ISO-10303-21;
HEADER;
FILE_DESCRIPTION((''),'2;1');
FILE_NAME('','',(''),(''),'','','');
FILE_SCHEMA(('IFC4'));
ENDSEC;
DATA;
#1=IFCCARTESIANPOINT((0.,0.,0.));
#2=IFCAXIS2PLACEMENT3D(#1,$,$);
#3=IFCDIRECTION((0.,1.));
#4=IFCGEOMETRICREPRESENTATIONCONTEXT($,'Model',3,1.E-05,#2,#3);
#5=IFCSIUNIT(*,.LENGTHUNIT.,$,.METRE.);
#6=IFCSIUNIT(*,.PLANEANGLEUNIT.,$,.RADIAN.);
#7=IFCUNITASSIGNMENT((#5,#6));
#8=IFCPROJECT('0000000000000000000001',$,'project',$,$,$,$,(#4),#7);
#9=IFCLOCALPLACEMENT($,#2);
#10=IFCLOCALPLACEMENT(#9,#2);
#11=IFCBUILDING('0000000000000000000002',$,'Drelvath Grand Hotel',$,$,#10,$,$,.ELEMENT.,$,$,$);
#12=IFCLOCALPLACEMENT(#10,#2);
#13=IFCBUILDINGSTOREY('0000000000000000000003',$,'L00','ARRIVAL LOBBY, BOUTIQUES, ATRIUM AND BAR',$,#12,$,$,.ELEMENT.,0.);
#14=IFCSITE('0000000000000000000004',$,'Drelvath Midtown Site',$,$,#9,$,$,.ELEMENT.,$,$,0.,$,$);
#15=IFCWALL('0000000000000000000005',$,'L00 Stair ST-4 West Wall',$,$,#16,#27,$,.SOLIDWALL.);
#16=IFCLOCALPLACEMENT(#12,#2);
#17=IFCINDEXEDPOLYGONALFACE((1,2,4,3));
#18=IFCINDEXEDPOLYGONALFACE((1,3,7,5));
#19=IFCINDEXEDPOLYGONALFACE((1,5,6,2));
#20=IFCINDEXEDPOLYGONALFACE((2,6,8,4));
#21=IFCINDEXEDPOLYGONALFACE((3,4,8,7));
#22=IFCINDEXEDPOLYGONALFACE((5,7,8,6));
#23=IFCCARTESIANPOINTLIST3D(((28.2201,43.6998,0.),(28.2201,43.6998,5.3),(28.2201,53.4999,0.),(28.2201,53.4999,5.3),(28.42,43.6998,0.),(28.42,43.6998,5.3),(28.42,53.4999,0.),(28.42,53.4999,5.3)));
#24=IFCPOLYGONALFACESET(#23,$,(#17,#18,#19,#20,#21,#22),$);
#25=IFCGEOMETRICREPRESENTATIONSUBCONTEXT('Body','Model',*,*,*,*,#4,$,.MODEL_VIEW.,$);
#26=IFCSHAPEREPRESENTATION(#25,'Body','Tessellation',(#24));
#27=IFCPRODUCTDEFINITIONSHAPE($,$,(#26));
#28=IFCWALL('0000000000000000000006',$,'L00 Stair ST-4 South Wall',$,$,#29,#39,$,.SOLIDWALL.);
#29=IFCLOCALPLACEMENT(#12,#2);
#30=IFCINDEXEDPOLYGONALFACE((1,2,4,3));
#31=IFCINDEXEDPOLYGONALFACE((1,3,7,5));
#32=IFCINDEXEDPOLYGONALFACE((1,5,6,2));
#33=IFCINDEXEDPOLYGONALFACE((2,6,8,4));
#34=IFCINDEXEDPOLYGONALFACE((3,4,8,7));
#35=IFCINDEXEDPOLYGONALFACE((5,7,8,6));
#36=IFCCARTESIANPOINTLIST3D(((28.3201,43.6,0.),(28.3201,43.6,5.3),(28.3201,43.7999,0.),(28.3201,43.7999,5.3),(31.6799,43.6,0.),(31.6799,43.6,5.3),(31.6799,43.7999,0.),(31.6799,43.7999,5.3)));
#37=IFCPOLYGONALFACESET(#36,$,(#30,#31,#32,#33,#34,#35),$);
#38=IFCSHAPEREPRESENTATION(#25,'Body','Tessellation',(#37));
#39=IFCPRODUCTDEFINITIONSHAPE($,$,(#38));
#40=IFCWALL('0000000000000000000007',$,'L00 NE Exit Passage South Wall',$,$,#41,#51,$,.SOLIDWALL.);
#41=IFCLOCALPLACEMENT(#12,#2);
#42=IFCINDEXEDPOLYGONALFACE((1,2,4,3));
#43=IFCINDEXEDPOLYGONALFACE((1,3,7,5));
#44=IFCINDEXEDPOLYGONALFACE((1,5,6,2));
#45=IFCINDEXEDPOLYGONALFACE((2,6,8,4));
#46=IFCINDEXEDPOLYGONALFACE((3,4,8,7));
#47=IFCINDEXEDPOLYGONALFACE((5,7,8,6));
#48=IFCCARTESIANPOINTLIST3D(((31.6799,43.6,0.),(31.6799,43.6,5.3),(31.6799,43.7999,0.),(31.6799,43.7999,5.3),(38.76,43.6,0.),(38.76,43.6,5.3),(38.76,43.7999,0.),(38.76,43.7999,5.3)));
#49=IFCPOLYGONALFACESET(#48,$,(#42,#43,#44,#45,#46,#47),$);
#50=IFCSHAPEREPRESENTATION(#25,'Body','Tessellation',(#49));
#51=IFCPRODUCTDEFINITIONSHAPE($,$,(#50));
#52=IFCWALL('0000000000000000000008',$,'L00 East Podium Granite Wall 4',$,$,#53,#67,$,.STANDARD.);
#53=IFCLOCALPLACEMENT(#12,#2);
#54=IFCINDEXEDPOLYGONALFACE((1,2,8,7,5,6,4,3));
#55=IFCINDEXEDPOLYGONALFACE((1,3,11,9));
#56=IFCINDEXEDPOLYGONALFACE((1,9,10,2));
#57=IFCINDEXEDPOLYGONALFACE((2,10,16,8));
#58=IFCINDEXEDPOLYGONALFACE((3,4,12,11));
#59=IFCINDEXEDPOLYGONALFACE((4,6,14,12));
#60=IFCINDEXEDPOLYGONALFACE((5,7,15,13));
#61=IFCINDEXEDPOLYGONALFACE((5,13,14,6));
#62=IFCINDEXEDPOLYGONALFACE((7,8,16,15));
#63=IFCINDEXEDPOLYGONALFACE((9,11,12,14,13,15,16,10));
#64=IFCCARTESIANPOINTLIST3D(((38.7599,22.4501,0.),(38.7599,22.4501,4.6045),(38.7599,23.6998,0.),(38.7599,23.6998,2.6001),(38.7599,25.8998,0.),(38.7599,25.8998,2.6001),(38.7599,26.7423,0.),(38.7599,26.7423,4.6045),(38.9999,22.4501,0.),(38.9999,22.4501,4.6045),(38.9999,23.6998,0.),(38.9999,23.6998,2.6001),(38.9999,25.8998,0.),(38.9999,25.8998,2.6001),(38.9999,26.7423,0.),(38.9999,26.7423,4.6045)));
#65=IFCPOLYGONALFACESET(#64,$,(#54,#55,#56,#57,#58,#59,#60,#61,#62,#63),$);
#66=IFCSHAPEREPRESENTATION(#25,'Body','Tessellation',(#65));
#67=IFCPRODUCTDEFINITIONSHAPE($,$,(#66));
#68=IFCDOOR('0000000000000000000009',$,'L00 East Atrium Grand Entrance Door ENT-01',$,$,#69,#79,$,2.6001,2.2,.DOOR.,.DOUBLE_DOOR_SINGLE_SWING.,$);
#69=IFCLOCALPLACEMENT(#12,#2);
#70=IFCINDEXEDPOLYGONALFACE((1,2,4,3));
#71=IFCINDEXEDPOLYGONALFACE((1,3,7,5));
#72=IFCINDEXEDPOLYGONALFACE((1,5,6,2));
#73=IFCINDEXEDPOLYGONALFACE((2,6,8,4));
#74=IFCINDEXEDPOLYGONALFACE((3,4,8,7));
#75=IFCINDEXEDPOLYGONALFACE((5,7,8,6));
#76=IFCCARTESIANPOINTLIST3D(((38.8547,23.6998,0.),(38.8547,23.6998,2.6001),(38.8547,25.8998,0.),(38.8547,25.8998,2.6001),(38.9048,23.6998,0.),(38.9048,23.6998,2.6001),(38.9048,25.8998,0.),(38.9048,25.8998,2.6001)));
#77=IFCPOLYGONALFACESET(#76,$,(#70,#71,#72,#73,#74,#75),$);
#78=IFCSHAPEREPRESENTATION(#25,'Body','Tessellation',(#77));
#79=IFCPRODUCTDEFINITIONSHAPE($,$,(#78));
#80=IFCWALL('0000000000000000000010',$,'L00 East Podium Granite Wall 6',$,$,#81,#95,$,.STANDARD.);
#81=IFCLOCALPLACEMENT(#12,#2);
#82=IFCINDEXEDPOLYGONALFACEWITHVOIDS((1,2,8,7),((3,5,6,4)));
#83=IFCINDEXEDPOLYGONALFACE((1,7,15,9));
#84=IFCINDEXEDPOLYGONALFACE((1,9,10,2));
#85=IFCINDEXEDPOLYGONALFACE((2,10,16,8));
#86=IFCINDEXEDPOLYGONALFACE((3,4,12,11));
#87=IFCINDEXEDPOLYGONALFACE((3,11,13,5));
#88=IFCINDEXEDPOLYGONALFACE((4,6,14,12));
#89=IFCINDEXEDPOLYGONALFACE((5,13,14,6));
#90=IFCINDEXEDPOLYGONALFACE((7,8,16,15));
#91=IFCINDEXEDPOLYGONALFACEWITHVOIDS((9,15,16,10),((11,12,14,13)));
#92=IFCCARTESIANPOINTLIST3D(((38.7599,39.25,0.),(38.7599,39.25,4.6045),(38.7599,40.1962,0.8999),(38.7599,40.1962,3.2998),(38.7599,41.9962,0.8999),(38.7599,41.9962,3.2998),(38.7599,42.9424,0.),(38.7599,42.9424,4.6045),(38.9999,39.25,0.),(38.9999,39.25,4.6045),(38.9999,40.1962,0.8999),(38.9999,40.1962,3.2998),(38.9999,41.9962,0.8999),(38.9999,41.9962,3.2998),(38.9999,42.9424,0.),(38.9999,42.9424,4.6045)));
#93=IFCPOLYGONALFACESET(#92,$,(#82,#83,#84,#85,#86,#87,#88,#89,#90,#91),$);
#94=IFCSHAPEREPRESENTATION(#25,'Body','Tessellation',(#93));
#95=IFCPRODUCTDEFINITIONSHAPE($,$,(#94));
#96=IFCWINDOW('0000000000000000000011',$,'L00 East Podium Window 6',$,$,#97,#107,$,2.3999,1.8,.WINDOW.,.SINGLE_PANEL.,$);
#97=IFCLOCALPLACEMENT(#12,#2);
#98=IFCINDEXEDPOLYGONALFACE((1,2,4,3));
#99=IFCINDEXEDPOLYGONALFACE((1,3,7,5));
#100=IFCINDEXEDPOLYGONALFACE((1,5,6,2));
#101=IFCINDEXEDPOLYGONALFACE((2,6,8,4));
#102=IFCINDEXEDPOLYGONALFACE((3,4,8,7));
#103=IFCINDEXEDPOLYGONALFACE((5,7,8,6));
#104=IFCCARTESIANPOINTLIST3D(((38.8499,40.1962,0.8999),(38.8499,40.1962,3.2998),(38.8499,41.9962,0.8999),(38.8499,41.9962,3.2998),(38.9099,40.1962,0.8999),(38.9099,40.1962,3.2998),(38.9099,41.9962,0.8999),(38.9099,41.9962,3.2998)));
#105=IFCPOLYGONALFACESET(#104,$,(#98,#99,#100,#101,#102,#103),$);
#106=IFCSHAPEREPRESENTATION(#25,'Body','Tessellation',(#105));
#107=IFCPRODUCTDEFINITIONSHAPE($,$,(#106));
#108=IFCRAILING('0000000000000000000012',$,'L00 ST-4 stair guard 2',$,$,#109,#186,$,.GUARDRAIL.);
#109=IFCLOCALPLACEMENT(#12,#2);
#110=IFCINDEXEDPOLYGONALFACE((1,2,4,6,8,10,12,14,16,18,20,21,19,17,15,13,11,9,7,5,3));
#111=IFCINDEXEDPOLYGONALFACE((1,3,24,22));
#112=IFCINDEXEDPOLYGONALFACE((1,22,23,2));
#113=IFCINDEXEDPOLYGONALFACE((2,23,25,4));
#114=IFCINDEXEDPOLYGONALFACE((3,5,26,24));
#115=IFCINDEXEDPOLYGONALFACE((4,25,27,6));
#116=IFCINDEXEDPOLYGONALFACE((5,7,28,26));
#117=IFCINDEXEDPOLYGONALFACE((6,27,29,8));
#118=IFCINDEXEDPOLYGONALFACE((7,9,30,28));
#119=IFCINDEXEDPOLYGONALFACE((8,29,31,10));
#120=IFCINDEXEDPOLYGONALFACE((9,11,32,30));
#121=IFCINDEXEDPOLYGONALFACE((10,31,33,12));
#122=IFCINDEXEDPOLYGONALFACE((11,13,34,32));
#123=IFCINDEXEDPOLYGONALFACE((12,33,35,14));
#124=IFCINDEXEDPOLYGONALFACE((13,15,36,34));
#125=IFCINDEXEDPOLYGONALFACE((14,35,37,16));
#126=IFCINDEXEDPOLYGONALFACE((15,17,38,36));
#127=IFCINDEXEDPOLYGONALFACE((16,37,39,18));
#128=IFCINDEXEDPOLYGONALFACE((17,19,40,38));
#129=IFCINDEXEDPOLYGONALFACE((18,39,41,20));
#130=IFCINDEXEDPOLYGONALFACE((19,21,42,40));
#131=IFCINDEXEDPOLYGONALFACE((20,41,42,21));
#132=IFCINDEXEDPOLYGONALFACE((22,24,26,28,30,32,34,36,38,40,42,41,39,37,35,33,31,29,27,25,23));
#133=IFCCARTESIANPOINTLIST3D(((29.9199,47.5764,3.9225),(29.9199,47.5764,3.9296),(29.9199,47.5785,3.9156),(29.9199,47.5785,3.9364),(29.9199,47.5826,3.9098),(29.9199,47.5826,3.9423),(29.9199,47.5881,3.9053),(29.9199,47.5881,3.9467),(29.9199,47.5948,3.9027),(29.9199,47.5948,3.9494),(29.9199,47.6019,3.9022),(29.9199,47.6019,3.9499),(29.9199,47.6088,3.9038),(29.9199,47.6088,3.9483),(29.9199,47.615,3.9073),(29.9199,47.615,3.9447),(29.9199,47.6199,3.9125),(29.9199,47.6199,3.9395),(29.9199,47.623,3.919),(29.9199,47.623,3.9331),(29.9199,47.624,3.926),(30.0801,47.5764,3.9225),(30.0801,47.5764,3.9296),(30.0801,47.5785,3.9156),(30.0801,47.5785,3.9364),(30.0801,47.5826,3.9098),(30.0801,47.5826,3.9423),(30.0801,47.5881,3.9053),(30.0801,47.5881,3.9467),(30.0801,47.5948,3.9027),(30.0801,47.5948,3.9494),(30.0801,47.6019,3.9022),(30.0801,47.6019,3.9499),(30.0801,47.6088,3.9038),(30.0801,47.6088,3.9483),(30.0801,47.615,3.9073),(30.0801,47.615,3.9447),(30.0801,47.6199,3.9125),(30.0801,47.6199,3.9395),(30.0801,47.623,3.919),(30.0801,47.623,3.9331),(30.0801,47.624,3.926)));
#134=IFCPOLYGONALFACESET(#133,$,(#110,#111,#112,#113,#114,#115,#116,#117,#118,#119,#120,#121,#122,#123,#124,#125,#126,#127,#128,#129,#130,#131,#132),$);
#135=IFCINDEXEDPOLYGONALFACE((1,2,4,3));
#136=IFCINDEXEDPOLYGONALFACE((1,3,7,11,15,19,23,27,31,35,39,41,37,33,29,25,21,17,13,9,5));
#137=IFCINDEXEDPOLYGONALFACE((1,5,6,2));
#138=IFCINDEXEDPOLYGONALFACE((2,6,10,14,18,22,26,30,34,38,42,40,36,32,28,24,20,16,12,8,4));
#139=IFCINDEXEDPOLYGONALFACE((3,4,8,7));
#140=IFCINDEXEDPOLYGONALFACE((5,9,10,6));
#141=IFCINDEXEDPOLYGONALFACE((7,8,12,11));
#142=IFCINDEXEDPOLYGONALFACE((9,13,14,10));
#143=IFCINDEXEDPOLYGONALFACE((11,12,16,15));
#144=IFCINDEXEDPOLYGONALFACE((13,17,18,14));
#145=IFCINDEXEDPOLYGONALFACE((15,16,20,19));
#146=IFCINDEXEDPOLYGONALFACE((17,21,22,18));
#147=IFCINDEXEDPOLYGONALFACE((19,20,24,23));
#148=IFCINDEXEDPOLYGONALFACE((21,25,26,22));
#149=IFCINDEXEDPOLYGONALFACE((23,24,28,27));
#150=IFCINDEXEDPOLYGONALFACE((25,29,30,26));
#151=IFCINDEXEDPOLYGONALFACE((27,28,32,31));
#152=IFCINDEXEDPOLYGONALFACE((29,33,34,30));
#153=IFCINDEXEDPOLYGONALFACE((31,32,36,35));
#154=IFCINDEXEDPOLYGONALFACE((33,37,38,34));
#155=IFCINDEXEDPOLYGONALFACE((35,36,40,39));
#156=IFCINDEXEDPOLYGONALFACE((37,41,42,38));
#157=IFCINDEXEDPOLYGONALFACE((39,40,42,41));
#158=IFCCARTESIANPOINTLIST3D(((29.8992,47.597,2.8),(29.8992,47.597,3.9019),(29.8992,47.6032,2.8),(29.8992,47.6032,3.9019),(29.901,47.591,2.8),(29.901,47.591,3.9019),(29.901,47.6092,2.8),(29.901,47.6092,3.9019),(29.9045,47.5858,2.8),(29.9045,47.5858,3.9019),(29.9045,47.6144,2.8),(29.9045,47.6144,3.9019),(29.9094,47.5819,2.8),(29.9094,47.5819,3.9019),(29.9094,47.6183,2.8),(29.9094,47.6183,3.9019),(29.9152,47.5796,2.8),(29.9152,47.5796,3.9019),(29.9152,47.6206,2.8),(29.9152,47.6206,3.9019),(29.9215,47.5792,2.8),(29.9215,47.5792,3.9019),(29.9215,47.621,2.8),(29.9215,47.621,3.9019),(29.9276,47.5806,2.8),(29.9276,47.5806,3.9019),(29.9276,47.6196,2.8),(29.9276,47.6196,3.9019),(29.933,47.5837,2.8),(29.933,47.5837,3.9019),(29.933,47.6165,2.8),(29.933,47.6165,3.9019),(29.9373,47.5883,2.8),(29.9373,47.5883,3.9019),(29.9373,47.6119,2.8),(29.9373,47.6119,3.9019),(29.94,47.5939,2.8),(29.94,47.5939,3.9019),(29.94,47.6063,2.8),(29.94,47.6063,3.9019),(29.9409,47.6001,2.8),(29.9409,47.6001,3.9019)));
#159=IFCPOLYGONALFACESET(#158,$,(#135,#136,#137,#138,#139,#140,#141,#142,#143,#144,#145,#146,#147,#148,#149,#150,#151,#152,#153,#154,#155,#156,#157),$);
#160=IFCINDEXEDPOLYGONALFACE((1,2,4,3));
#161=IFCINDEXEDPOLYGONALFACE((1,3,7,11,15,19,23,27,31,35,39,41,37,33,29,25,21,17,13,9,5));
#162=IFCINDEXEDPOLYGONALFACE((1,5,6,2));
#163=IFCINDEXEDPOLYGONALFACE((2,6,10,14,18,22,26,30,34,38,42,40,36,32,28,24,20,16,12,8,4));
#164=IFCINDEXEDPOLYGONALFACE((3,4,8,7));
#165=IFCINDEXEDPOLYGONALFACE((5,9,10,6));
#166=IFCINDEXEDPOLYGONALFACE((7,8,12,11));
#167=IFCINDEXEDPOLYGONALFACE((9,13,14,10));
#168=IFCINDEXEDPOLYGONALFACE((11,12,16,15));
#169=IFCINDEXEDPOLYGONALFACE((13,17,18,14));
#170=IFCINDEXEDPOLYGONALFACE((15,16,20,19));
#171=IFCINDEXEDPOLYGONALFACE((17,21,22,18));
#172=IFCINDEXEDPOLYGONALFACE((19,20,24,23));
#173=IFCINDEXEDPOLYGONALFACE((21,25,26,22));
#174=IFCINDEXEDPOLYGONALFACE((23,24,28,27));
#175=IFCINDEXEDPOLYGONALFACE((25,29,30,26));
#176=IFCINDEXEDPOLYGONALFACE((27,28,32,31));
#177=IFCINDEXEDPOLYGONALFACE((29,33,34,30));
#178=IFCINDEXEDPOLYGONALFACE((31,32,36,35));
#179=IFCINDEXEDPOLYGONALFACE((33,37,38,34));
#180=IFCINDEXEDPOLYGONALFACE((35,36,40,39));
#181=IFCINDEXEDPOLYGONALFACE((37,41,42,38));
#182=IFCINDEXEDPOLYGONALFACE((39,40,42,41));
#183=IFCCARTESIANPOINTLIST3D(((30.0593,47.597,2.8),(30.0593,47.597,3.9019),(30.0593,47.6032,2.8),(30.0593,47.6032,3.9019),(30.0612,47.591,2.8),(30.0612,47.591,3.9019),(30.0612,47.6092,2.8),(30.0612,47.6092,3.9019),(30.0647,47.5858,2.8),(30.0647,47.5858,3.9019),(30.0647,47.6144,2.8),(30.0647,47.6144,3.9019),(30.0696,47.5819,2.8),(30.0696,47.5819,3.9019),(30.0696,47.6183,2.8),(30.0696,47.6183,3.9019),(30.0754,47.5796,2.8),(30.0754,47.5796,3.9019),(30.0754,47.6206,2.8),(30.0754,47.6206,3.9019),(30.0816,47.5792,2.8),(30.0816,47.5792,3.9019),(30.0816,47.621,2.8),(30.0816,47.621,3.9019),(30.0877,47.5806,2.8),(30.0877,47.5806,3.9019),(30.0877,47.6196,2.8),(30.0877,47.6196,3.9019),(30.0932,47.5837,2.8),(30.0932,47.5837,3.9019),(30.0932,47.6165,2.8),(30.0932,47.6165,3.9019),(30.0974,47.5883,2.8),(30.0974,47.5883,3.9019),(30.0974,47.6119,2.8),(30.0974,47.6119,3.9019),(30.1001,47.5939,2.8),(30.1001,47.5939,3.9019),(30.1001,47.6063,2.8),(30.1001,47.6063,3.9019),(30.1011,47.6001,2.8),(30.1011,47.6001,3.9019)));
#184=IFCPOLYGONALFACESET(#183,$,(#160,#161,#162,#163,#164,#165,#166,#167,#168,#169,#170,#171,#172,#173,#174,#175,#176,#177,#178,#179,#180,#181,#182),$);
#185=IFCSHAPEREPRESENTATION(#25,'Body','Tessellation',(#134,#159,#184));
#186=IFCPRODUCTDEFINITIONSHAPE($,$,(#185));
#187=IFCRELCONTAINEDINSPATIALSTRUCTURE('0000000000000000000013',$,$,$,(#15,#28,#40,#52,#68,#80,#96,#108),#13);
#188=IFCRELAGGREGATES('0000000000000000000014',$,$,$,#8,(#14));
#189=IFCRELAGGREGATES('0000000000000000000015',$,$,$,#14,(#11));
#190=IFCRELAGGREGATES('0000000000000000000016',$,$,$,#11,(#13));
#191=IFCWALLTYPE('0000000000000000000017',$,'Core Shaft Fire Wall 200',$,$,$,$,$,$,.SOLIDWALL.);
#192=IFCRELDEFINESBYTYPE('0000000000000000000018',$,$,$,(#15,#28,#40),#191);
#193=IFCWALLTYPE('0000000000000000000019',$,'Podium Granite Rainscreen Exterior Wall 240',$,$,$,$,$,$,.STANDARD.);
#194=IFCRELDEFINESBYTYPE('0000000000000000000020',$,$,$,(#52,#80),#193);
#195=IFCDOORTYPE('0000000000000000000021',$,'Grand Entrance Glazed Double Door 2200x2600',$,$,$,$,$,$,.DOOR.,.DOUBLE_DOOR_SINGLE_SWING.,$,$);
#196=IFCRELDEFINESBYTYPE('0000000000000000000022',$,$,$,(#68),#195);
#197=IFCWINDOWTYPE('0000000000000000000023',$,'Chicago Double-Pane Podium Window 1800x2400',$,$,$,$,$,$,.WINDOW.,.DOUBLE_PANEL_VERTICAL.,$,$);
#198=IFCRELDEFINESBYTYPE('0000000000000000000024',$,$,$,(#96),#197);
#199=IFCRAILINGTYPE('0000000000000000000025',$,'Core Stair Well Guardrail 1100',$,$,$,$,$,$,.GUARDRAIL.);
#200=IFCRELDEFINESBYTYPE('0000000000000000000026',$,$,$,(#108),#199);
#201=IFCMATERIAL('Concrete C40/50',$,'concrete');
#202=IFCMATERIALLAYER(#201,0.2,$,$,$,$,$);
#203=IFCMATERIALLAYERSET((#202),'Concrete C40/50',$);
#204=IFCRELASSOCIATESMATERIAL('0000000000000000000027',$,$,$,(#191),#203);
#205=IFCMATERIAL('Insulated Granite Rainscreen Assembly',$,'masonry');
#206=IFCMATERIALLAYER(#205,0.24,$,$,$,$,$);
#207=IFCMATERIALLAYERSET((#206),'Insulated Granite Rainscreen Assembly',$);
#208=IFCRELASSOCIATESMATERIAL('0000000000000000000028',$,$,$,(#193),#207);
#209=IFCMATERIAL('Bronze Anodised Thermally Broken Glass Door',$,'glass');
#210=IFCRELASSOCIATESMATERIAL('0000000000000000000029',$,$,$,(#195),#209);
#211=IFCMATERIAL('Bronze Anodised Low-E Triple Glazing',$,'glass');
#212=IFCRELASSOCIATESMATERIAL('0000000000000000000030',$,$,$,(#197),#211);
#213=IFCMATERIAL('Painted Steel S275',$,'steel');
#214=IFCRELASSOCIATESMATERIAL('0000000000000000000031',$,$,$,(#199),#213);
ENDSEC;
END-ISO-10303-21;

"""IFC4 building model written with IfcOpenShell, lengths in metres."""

from ifc_helpers import new_model, si_unit, direction, frame, frame_2d, origin, origin_2d, place, context, subcontext, project, spatial, rectangle, circle, extrude, material, layer, layer_set, type_object, element, fill, save


model = new_model("IFC4")

# Units and contexts
model_context = context("Model", 3, precision=1e-05, world=origin(), true_north=direction((0.0, 1.0)))
body_context = subcontext(model_context, "Body", "Model", "MODEL_VIEW")
ifc_project = project(units=[si_unit("LENGTHUNIT", "METRE"), si_unit("PLANEANGLEUNIT", "RADIAN")], contexts=[model_context])

# Site, building, storey
site_placement = place(None, origin())
site = spatial("IfcSite", under=ifc_project, at=site_placement, Name="Drelvath Midtown Site", CompositionType="ELEMENT", RefElevation=0.0)
building_placement = place(site_placement, origin())
building = spatial("IfcBuilding", under=site, at=building_placement, Name="Drelvath Grand Hotel", CompositionType="ELEMENT")
storey_placement = place(building_placement, origin())
storey = spatial("IfcBuildingStorey", under=building, at=storey_placement, Name="L00", Description="ARRIVAL LOBBY, BOUTIQUES, ATRIUM AND BAR", CompositionType="ELEMENT", Elevation=0.0)

# Walls
ifc_material_1 = material(Name="Concrete C40/50", Category="concrete")
ifc_layer_1 = layer(ifc_material_1, 0.2)
ifc_layer_set_1 = layer_set([ifc_layer_1], Name="Concrete C40/50")
wall_type_1 = type_object("IfcWallType", Name="Core Shaft Fire Wall 200", PredefinedType="SOLIDWALL", material=ifc_layer_set_1)
wall_1_placement = place(storey_placement, frame((28.3201, 43.7, 0.0), z_axis=(0.0, 0.0, 1.0), x_axis=(0.0, 1.0, 0.0)))
element("IfcWall", 1, at=wall_1_placement, inside=storey, type_object=wall_type_1, Name="L00 Stair ST-4 West Wall", PredefinedType="SOLIDWALL", context=body_context, shape_type="SweptSolid", body=[
    extrude(rectangle(XDim=9.8, YDim=0.2, at=frame_2d((4.8999, 0.0))), origin(), (0.0, 0.0, 1.0), 5.3),
])
wall_2_placement = place(storey_placement, frame((28.3201, 43.7, 0.0), z_axis=(0.0, 0.0, 1.0), x_axis=(1.0, 0.0, 0.0)))
element("IfcWall", 2, at=wall_2_placement, inside=storey, type_object=wall_type_1, Name="L00 Stair ST-4 South Wall", PredefinedType="SOLIDWALL", context=body_context, shape_type="SweptSolid", body=[
    extrude(rectangle(XDim=3.3599, YDim=0.2, at=frame_2d((1.6799, 0.0))), origin(), (0.0, 0.0, 1.0), 5.3),
])
wall_3_placement = place(storey_placement, frame((31.6799, 43.7, 0.0), z_axis=(0.0, 0.0, 1.0), x_axis=(1.0, 0.0, 0.0)))
element("IfcWall", 3, at=wall_3_placement, inside=storey, type_object=wall_type_1, Name="L00 NE Exit Passage South Wall", PredefinedType="SOLIDWALL", context=body_context, shape_type="SweptSolid", body=[
    extrude(rectangle(XDim=7.0801, YDim=0.2, at=frame_2d((3.54, 0.0))), origin(), (0.0, 0.0, 1.0), 5.3),
])

# Wall, opening, door
ifc_material_2 = material(Name="Insulated Granite Rainscreen Assembly", Category="masonry")
ifc_layer_2 = layer(ifc_material_2, 0.24)
ifc_layer_set_2 = layer_set([ifc_layer_2], Name="Insulated Granite Rainscreen Assembly")
wall_type_2 = type_object("IfcWallType", Name="Podium Granite Rainscreen Exterior Wall 240", PredefinedType="STANDARD", material=ifc_layer_set_2)
wall_4_placement = place(storey_placement, frame((38.8799, 26.7422, 0.0), z_axis=(0.0, 0.0, 1.0), x_axis=(0.0, -1.0, 0.0)))
wall_4 = element("IfcWall", 4, at=wall_4_placement, inside=storey, type_object=wall_type_2, Name="L00 East Podium Granite Wall 4", PredefinedType="STANDARD", context=body_context, shape_type="SweptSolid", body=[
    extrude(rectangle(XDim=4.2922, YDim=0.24, at=frame_2d((2.146, 0.0))), origin(), (0.0, 0.0, 1.0), 4.6045),
])
opening_1_placement = place(wall_4_placement, frame((0.8423, 0.0, 0.0)))
opening_1 = element("IfcOpeningElement", 5, at=opening_1_placement, cuts=wall_4, PredefinedType="OPENING", context=body_context, shape_type="SweptSolid", body=[
    extrude(rectangle(XDim=2.2, YDim=2.6001, at=frame_2d((1.1001, 1.3))), frame((0.0, 0.1299, 0.0), z_axis=(0.0, -1.0, 0.0), x_axis=(1.0, 0.0, 0.0)), (0.0, 0.0, 1.0), 0.26),
])
ifc_material_3 = material(Name="Bronze Anodised Thermally Broken Glass Door", Category="glass")
door_type_1 = type_object("IfcDoorType", Name="Grand Entrance Glazed Double Door 2200x2600", OperationType="DOUBLE_DOOR_SINGLE_SWING", PredefinedType="DOOR", material=ifc_material_3)
door_1_placement = place(opening_1_placement, origin())
door_1 = element("IfcDoor", 6, at=door_1_placement, inside=storey, type_object=door_type_1, Name="L00 East Atrium Grand Entrance Door ENT-01", OperationType="DOUBLE_DOOR_SINGLE_SWING", OverallHeight=2.6001, OverallWidth=2.2, PredefinedType="DOOR", context=body_context, shape_type="SweptSolid", body=[
    extrude(rectangle(XDim=2.2, YDim=2.6001, at=frame_2d((1.1001, 1.3))), frame((0.0, 0.0249, 0.0), z_axis=(0.0, -1.0, 0.0), x_axis=(1.0, 0.0, 0.0)), (0.0, 0.0, 1.0), 0.05),
])
fill(opening_1, door_1)

# Wall, opening, window
wall_5_placement = place(storey_placement, frame((38.8799, 42.9424, 0.0), z_axis=(0.0, 0.0, 1.0), x_axis=(0.0, -1.0, 0.0)))
wall_5 = element("IfcWall", 7, at=wall_5_placement, inside=storey, type_object=wall_type_2, Name="L00 East Podium Granite Wall 6", PredefinedType="STANDARD", context=body_context, shape_type="SweptSolid", body=[
    extrude(rectangle(XDim=3.6924, YDim=0.24, at=frame_2d((1.8462, 0.0))), origin(), (0.0, 0.0, 1.0), 4.6045),
])
opening_2_placement = place(wall_5_placement, frame((0.9463, 0.0, 0.8999)))
opening_2 = element("IfcOpeningElement", 8, at=opening_2_placement, cuts=wall_5, PredefinedType="OPENING", context=body_context, shape_type="SweptSolid", body=[
    extrude(rectangle(XDim=1.8, YDim=2.3999, at=frame_2d((0.8999, 1.2))), frame((0.0, 0.1299, 0.0), z_axis=(0.0, -1.0, 0.0), x_axis=(1.0, 0.0, 0.0)), (0.0, 0.0, 1.0), 0.26),
])
ifc_material_4 = material(Name="Bronze Anodised Low-E Triple Glazing", Category="glass")
window_type = type_object("IfcWindowType", Name="Chicago Double-Pane Podium Window 1800x2400", PartitioningType="DOUBLE_PANEL_VERTICAL", PredefinedType="WINDOW", material=ifc_material_4)
window_placement = place(opening_2_placement, origin())
window = element("IfcWindow", 9, at=window_placement, inside=storey, type_object=window_type, Name="L00 East Podium Window 6", OverallHeight=2.3999, OverallWidth=1.8, PartitioningType="SINGLE_PANEL", PredefinedType="WINDOW", context=body_context, shape_type="SweptSolid", body=[
    extrude(rectangle(XDim=1.8, YDim=2.3999, at=frame_2d((0.8999, 1.2))), frame((0.0, 0.03, 0.0), z_axis=(0.0, -1.0, 0.0), x_axis=(1.0, 0.0, 0.0)), (0.0, 0.0, 1.0), 0.0601),
])
fill(opening_2, window)

# Railing
ifc_material_5 = material(Name="Painted Steel S275", Category="steel")
railing_type = type_object("IfcRailingType", Name="Core Stair Well Guardrail 1100", PredefinedType="GUARDRAIL", material=ifc_material_5)
railing_placement = place(storey_placement, frame((29.9199, 47.6001, 2.8)))
element("IfcRailing", 10, at=railing_placement, inside=storey, type_object=railing_type, Name="L00 ST-4 stair guard 2", PredefinedType="GUARDRAIL", context=body_context, shape_type="SweptSolid", body=[
    extrude(circle(Radius=0.0239, at=origin_2d()), frame((0.0, 0.0, 1.126), z_axis=(1.0, 0.0, 0.0), x_axis=(0.0, 1.0, 0.0)), (0.0, 0.0, 1.0), 0.1602),
    extrude(circle(Radius=0.021, at=origin_2d()), origin(), (0.0, 0.0, 1.0), 1.1018),
    extrude(circle(Radius=0.021, at=origin_2d()), frame((0.1602, 0.0, 0.0)), (0.0, 0.0, 1.0), 1.1018),
])

save(model, "model.ifc")
